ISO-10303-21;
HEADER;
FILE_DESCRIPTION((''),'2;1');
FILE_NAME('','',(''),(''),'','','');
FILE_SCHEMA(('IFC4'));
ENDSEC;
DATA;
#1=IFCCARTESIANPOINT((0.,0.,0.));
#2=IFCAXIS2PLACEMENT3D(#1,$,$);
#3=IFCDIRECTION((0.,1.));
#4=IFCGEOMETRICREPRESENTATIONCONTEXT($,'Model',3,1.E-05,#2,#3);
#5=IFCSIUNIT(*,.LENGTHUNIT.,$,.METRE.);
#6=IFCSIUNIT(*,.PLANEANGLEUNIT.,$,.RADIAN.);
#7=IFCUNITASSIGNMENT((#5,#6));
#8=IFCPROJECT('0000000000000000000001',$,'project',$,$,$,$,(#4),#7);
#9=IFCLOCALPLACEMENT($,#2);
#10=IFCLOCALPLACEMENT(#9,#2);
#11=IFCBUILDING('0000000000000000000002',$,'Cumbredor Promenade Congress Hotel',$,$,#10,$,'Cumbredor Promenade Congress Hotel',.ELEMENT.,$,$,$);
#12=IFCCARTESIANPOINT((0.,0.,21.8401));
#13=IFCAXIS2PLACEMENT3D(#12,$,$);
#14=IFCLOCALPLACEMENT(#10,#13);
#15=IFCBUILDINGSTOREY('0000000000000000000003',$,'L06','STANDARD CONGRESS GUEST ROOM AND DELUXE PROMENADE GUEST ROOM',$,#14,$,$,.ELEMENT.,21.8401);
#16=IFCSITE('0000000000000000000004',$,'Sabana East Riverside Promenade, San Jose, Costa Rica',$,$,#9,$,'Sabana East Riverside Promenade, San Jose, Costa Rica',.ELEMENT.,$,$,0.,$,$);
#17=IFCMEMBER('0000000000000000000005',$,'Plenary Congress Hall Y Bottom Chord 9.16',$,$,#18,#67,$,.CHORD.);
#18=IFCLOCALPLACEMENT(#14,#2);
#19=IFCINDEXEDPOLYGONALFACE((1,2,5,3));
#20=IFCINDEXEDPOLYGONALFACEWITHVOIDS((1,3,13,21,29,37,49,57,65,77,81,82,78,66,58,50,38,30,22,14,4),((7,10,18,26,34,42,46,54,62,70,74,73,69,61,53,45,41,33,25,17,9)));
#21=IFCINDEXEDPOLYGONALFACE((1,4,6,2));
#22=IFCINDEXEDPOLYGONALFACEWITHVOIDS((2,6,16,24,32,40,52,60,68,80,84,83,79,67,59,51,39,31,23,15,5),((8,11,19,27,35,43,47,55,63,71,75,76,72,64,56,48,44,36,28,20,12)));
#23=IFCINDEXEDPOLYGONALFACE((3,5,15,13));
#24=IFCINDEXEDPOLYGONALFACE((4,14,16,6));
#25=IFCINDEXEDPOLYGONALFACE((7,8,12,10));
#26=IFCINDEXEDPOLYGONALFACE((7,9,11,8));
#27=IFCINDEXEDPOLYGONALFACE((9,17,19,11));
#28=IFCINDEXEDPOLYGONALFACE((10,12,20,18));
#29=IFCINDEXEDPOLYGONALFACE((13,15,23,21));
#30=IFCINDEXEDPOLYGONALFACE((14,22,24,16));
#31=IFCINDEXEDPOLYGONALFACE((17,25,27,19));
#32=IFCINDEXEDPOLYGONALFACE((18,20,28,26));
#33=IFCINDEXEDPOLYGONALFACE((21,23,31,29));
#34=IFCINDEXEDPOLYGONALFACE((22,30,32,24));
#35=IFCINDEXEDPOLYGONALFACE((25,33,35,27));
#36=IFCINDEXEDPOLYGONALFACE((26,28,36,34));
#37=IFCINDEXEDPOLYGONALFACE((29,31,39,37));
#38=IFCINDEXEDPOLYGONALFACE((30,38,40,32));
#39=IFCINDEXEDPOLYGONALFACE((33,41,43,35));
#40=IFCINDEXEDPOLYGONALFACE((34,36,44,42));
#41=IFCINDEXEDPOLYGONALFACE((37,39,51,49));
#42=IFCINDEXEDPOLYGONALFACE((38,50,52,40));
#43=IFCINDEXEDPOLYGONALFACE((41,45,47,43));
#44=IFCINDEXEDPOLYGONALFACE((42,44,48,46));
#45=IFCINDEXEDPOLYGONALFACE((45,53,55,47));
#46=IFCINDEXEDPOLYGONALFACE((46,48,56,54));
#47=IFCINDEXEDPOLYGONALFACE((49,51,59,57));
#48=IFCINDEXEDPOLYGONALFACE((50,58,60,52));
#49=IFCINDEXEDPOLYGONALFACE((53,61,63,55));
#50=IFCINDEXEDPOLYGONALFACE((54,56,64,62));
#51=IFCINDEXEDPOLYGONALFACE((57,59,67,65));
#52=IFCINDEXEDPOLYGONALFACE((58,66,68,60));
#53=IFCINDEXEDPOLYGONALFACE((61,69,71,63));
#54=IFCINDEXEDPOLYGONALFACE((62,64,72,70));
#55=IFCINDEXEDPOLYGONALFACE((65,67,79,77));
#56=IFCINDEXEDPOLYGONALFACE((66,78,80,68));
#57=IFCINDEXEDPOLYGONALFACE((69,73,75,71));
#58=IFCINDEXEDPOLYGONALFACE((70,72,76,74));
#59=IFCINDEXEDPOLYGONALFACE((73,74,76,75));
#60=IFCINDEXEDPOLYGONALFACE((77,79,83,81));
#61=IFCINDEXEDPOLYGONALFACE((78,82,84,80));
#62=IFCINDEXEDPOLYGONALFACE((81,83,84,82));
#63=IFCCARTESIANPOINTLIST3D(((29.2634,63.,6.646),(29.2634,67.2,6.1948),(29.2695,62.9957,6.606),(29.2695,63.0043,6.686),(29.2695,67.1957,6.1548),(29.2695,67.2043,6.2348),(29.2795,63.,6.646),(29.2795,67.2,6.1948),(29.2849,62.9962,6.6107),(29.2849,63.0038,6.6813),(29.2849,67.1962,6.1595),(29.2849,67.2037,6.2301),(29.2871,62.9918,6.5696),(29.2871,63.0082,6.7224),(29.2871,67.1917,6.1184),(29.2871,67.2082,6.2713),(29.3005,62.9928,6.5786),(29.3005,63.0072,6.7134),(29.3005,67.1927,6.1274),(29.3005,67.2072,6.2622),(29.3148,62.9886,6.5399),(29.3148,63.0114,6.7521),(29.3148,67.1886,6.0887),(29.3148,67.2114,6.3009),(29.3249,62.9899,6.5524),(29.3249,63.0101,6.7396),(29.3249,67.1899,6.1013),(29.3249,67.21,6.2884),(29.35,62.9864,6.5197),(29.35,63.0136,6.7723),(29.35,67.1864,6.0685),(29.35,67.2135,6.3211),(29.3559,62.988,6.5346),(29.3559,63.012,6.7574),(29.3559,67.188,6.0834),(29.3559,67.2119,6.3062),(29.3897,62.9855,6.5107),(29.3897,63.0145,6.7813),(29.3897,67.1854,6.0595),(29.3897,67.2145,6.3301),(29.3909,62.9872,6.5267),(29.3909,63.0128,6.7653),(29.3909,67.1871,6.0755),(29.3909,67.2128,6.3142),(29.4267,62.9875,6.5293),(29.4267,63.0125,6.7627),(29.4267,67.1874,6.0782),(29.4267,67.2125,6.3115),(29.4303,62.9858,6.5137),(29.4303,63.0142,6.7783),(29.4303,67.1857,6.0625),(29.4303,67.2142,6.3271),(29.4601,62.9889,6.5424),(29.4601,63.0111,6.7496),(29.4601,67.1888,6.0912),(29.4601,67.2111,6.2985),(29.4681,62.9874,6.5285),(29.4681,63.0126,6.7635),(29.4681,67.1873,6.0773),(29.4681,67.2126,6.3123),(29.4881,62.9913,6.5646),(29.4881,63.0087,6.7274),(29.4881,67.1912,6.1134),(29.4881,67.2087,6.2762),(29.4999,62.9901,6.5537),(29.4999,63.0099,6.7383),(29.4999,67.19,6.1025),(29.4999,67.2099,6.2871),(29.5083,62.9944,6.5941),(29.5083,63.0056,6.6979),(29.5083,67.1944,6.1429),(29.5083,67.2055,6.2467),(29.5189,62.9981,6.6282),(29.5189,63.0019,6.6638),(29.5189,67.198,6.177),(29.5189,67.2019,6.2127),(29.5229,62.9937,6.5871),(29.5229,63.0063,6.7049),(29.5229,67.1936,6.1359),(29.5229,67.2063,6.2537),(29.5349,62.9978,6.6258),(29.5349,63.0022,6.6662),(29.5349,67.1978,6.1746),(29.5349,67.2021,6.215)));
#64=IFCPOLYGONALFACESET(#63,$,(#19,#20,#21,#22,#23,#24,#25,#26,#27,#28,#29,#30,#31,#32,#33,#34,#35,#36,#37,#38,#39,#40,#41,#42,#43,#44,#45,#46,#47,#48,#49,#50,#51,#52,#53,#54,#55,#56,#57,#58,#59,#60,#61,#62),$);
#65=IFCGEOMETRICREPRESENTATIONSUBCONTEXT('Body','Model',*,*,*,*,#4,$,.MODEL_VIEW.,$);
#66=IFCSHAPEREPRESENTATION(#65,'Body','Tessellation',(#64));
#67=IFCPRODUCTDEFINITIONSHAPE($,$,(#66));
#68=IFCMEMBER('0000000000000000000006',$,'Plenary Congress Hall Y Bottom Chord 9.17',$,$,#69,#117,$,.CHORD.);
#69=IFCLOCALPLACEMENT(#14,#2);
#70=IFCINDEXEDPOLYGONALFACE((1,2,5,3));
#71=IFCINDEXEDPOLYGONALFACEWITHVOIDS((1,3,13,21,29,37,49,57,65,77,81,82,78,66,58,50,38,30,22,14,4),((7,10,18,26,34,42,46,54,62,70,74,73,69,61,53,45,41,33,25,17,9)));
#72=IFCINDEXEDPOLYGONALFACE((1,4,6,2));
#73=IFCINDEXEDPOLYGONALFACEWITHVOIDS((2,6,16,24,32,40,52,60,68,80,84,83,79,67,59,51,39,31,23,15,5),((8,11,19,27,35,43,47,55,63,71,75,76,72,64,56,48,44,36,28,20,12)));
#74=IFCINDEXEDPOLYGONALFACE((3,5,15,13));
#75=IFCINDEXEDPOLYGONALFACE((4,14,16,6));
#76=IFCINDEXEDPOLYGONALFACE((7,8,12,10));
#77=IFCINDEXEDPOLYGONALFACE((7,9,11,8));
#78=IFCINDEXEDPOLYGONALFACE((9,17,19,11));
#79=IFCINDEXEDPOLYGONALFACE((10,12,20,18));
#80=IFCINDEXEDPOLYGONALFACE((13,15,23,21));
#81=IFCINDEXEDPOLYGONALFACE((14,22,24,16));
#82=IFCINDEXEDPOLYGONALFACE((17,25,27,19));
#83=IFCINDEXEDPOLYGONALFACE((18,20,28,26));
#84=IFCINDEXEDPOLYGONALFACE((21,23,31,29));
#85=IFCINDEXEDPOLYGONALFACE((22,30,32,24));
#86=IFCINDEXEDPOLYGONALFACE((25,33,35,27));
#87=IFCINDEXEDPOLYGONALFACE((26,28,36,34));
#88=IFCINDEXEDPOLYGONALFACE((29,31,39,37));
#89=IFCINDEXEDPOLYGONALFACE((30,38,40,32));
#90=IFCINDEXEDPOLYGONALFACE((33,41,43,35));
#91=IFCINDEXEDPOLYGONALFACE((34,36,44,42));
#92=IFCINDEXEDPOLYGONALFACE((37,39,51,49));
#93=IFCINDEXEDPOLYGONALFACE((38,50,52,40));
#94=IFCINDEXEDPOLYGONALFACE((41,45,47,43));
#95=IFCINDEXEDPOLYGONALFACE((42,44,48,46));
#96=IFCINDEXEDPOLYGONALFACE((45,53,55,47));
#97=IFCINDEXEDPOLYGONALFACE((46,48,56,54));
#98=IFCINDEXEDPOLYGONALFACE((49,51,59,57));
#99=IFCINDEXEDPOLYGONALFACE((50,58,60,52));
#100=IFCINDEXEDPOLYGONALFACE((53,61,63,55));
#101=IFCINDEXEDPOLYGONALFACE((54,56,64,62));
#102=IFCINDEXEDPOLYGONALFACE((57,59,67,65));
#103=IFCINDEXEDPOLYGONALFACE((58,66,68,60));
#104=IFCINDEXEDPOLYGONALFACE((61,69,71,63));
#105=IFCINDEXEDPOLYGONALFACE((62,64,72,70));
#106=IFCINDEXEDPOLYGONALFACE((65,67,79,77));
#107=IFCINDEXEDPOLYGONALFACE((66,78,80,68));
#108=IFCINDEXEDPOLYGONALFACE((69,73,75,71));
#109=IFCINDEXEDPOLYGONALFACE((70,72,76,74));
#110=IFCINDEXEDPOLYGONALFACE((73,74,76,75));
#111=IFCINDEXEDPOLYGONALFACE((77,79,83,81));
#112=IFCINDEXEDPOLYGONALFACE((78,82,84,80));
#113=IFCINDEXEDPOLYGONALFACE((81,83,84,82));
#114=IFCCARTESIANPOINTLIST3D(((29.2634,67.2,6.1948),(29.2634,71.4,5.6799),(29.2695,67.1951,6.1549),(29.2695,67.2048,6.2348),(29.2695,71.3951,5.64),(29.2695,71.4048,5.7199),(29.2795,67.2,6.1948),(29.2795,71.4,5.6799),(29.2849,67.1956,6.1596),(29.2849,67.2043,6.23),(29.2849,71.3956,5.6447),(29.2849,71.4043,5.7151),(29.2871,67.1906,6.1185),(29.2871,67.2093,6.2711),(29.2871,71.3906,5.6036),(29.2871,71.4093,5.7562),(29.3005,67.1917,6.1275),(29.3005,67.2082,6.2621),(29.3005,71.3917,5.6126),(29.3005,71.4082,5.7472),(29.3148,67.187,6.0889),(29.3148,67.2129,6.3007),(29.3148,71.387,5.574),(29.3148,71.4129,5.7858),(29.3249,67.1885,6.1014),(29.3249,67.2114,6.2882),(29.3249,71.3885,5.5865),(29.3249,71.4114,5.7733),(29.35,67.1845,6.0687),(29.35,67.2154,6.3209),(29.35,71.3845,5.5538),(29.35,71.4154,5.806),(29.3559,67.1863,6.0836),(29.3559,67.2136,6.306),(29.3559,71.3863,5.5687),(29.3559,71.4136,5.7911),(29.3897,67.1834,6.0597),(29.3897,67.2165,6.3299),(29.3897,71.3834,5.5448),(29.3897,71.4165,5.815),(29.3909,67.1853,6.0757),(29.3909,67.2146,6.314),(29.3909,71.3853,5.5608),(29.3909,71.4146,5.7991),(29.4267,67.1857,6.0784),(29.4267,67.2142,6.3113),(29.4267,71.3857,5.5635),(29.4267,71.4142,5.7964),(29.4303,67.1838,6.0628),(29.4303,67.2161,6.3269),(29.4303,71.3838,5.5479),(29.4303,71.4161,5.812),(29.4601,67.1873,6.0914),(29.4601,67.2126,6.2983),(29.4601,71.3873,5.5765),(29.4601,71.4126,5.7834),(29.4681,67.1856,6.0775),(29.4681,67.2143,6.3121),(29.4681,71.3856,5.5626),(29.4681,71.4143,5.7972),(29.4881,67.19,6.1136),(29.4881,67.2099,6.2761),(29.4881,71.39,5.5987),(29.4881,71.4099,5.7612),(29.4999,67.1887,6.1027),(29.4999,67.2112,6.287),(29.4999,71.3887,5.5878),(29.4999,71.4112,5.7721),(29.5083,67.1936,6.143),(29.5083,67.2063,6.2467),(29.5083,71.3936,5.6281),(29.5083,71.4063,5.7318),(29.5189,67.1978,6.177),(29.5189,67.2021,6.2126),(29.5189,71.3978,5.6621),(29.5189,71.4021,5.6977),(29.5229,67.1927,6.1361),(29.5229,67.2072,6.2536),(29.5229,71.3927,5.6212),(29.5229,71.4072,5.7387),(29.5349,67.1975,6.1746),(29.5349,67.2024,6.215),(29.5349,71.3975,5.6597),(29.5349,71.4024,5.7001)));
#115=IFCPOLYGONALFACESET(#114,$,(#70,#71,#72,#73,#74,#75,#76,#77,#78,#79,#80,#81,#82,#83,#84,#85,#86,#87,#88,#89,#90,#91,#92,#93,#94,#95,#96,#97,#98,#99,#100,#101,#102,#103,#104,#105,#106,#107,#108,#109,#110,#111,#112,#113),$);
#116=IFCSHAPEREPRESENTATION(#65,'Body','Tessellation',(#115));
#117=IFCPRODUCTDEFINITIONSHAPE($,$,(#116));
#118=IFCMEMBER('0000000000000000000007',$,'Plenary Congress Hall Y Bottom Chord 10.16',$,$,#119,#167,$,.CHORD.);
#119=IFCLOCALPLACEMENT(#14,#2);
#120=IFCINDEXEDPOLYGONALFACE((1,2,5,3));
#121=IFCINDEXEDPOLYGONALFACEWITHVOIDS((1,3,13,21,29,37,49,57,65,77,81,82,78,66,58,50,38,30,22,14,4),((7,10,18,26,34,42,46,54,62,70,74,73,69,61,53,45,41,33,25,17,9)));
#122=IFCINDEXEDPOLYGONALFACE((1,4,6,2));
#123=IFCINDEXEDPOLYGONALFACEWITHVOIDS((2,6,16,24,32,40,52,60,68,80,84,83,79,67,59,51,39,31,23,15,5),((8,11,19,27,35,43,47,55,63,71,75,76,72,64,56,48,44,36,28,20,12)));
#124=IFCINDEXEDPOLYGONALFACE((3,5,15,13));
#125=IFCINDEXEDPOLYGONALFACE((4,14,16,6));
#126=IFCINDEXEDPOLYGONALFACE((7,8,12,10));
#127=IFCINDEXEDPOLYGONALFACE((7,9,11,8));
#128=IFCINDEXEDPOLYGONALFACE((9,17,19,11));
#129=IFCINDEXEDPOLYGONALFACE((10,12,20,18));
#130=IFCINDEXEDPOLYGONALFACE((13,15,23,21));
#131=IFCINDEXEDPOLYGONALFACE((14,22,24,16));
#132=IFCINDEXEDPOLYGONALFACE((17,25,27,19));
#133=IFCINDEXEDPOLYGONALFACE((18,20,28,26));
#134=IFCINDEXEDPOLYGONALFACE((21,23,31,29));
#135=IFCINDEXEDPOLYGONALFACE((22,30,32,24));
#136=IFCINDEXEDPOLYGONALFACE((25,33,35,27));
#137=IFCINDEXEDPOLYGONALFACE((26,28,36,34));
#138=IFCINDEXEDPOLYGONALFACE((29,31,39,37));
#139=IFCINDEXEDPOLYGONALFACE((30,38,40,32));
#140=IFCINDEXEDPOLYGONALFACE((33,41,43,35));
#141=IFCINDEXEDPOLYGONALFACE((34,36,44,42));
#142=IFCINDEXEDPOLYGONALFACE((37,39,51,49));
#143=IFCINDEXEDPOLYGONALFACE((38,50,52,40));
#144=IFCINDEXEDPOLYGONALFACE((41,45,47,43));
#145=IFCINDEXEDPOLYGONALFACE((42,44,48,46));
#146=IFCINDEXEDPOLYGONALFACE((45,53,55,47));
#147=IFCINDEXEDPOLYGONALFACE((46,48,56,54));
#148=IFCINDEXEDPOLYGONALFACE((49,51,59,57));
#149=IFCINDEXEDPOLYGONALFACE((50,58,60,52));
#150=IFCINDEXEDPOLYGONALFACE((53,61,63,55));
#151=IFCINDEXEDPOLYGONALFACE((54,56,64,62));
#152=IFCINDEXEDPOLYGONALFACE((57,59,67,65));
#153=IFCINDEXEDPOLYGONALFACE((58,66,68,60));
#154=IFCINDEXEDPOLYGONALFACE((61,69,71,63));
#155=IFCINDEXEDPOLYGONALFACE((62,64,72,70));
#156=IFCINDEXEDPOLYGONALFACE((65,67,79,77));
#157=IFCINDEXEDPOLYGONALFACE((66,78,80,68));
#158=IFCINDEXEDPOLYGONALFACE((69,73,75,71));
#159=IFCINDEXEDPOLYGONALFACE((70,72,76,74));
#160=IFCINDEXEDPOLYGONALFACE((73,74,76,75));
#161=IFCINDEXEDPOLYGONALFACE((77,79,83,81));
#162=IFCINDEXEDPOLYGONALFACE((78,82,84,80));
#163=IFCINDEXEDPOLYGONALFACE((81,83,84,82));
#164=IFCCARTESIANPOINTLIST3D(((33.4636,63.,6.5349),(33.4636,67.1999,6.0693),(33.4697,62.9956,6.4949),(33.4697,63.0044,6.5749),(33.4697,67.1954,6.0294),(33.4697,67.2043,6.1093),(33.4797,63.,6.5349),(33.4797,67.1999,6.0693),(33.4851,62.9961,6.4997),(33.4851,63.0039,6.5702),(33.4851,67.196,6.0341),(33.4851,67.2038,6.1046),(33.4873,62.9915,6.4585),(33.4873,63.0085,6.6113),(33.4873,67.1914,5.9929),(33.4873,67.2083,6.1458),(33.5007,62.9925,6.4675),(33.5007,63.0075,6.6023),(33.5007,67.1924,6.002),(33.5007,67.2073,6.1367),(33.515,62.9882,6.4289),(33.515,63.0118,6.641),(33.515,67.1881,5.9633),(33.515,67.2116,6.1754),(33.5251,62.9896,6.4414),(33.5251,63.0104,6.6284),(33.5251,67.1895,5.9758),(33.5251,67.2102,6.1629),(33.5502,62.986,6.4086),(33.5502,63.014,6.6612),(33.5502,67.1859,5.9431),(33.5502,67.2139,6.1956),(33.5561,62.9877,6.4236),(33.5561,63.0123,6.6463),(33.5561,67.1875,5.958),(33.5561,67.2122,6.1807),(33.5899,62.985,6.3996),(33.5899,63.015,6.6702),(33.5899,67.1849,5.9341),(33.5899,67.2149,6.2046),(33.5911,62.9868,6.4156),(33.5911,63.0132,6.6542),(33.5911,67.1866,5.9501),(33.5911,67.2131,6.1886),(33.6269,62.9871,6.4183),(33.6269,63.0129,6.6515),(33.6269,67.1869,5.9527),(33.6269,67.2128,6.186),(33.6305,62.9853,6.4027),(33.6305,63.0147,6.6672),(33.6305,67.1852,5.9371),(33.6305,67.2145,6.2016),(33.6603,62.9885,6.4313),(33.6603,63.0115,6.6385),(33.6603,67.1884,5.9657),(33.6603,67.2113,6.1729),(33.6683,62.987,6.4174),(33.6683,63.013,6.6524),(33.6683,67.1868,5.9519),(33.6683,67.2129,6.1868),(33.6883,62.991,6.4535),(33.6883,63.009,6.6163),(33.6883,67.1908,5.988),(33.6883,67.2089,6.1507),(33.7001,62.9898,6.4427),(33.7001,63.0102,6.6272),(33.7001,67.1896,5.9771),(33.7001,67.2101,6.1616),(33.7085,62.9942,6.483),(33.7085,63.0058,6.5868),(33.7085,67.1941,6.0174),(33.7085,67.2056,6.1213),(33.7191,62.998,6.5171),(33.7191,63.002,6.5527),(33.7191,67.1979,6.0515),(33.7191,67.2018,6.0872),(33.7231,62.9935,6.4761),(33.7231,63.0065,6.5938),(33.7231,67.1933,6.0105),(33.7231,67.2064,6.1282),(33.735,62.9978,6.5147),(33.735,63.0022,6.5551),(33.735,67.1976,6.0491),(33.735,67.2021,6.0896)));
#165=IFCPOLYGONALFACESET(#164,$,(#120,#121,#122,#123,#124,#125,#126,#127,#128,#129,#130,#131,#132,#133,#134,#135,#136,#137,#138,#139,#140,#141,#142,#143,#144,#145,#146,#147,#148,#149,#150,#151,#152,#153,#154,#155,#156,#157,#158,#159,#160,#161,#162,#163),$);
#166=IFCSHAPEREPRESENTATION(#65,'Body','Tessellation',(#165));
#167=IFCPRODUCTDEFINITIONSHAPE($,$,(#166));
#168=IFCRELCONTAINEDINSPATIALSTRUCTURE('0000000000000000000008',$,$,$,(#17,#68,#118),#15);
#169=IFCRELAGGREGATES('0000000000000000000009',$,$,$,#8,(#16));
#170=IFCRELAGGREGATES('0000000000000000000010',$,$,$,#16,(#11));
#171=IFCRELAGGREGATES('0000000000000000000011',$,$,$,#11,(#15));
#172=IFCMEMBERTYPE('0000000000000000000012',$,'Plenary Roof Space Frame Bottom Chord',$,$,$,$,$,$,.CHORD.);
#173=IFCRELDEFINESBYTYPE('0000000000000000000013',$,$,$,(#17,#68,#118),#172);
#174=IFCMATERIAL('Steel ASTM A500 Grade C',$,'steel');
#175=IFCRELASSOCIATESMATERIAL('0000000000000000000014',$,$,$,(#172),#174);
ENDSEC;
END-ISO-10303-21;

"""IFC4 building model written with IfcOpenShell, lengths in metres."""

from ifc_helpers import new_model, si_unit, direction, frame, origin, origin_2d, place, context, subcontext, project, spatial, hollow_circle, extrude, material, material_profile, profile_set, type_object, element, save


model = new_model("IFC4")

# Units and contexts
model_context = context("Model", 3, precision=1e-05, world=origin(), true_north=direction((0.0, 1.0)))
body_context = subcontext(model_context, "Body", "Model", "MODEL_VIEW")
ifc_project = project(units=[si_unit("LENGTHUNIT", "METRE"), si_unit("PLANEANGLEUNIT", "RADIAN")], contexts=[model_context])

# Site, building, storey
site_placement = place(None, origin())
site = spatial("IfcSite", under=ifc_project, at=site_placement, Name="Sabana East Riverside Promenade, San Jose, Costa Rica", LongName="Sabana East Riverside Promenade, San Jose, Costa Rica", CompositionType="ELEMENT", RefElevation=0.0)
building_placement = place(site_placement, origin())
building = spatial("IfcBuilding", under=site, at=building_placement, Name="Cumbredor Promenade Congress Hotel", LongName="Cumbredor Promenade Congress Hotel", CompositionType="ELEMENT")
storey_placement = place(building_placement, frame((0.0, 0.0, 21.8401)))
storey = spatial("IfcBuildingStorey", under=building, at=storey_placement, Name="L06", Description="STANDARD CONGRESS GUEST ROOM AND DELUXE PROMENADE GUEST ROOM", CompositionType="ELEMENT", Elevation=21.8401)

# Members
ifc_material_1 = material(Name="Steel ASTM A500 Grade C", Category="steel")
ifc_material_profile_1 = material_profile(ifc_material_1, hollow_circle(Radius=0.1365, WallThickness=0.0161, at=origin_2d()), Name="CHS 273.0x16")
ifc_profile_set_1 = profile_set([ifc_material_profile_1], Name="Steel ASTM A500 Grade C")
member_type_1 = type_object("IfcMemberType", Name="Plenary Roof Space Frame Bottom Chord", PredefinedType="CHORD", material=ifc_profile_set_1)
member_1_placement = place(storey_placement, frame((29.3999, 63.0, 6.646), z_axis=(0.0, 0.99428, -0.106809), x_axis=(-1.0, 0.0, 0.0)))
element("IfcMember", 1, at=member_1_placement, inside=storey, type_object=member_type_1, Name="Plenary Congress Hall Y Bottom Chord 9.16", PredefinedType="CHORD", context=body_context, shape_type="SweptSolid", body=[
    extrude(hollow_circle(Radius=0.1365, WallThickness=0.0161, at=origin_2d()), origin(), (0.0, 0.0, 1.0), 4.2241),
])
member_2_placement = place(storey_placement, frame((29.3999, 67.2, 6.1948), z_axis=(0.0, 0.992569, -0.121684), x_axis=(-1.0, 0.0, 0.0)))
element("IfcMember", 2, at=member_2_placement, inside=storey, type_object=member_type_1, Name="Plenary Congress Hall Y Bottom Chord 9.17", PredefinedType="CHORD", context=body_context, shape_type="SweptSolid", body=[
    extrude(hollow_circle(Radius=0.1365, WallThickness=0.0161, at=origin_2d()), origin(), (0.0, 0.0, 1.0), 4.2314),
])
member_3_placement = place(storey_placement, frame((33.6001, 63.0, 6.5349), z_axis=(0.0, 0.993912, -0.110178), x_axis=(-1.0, 0.0, 0.0)))
element("IfcMember", 3, at=member_3_placement, inside=storey, type_object=member_type_1, Name="Plenary Congress Hall Y Bottom Chord 10.16", PredefinedType="CHORD", context=body_context, shape_type="SweptSolid", body=[
    extrude(hollow_circle(Radius=0.1365, WallThickness=0.0161, at=origin_2d()), origin(), (0.0, 0.0, 1.0), 4.2256),
])

save(model, "model.ifc")
